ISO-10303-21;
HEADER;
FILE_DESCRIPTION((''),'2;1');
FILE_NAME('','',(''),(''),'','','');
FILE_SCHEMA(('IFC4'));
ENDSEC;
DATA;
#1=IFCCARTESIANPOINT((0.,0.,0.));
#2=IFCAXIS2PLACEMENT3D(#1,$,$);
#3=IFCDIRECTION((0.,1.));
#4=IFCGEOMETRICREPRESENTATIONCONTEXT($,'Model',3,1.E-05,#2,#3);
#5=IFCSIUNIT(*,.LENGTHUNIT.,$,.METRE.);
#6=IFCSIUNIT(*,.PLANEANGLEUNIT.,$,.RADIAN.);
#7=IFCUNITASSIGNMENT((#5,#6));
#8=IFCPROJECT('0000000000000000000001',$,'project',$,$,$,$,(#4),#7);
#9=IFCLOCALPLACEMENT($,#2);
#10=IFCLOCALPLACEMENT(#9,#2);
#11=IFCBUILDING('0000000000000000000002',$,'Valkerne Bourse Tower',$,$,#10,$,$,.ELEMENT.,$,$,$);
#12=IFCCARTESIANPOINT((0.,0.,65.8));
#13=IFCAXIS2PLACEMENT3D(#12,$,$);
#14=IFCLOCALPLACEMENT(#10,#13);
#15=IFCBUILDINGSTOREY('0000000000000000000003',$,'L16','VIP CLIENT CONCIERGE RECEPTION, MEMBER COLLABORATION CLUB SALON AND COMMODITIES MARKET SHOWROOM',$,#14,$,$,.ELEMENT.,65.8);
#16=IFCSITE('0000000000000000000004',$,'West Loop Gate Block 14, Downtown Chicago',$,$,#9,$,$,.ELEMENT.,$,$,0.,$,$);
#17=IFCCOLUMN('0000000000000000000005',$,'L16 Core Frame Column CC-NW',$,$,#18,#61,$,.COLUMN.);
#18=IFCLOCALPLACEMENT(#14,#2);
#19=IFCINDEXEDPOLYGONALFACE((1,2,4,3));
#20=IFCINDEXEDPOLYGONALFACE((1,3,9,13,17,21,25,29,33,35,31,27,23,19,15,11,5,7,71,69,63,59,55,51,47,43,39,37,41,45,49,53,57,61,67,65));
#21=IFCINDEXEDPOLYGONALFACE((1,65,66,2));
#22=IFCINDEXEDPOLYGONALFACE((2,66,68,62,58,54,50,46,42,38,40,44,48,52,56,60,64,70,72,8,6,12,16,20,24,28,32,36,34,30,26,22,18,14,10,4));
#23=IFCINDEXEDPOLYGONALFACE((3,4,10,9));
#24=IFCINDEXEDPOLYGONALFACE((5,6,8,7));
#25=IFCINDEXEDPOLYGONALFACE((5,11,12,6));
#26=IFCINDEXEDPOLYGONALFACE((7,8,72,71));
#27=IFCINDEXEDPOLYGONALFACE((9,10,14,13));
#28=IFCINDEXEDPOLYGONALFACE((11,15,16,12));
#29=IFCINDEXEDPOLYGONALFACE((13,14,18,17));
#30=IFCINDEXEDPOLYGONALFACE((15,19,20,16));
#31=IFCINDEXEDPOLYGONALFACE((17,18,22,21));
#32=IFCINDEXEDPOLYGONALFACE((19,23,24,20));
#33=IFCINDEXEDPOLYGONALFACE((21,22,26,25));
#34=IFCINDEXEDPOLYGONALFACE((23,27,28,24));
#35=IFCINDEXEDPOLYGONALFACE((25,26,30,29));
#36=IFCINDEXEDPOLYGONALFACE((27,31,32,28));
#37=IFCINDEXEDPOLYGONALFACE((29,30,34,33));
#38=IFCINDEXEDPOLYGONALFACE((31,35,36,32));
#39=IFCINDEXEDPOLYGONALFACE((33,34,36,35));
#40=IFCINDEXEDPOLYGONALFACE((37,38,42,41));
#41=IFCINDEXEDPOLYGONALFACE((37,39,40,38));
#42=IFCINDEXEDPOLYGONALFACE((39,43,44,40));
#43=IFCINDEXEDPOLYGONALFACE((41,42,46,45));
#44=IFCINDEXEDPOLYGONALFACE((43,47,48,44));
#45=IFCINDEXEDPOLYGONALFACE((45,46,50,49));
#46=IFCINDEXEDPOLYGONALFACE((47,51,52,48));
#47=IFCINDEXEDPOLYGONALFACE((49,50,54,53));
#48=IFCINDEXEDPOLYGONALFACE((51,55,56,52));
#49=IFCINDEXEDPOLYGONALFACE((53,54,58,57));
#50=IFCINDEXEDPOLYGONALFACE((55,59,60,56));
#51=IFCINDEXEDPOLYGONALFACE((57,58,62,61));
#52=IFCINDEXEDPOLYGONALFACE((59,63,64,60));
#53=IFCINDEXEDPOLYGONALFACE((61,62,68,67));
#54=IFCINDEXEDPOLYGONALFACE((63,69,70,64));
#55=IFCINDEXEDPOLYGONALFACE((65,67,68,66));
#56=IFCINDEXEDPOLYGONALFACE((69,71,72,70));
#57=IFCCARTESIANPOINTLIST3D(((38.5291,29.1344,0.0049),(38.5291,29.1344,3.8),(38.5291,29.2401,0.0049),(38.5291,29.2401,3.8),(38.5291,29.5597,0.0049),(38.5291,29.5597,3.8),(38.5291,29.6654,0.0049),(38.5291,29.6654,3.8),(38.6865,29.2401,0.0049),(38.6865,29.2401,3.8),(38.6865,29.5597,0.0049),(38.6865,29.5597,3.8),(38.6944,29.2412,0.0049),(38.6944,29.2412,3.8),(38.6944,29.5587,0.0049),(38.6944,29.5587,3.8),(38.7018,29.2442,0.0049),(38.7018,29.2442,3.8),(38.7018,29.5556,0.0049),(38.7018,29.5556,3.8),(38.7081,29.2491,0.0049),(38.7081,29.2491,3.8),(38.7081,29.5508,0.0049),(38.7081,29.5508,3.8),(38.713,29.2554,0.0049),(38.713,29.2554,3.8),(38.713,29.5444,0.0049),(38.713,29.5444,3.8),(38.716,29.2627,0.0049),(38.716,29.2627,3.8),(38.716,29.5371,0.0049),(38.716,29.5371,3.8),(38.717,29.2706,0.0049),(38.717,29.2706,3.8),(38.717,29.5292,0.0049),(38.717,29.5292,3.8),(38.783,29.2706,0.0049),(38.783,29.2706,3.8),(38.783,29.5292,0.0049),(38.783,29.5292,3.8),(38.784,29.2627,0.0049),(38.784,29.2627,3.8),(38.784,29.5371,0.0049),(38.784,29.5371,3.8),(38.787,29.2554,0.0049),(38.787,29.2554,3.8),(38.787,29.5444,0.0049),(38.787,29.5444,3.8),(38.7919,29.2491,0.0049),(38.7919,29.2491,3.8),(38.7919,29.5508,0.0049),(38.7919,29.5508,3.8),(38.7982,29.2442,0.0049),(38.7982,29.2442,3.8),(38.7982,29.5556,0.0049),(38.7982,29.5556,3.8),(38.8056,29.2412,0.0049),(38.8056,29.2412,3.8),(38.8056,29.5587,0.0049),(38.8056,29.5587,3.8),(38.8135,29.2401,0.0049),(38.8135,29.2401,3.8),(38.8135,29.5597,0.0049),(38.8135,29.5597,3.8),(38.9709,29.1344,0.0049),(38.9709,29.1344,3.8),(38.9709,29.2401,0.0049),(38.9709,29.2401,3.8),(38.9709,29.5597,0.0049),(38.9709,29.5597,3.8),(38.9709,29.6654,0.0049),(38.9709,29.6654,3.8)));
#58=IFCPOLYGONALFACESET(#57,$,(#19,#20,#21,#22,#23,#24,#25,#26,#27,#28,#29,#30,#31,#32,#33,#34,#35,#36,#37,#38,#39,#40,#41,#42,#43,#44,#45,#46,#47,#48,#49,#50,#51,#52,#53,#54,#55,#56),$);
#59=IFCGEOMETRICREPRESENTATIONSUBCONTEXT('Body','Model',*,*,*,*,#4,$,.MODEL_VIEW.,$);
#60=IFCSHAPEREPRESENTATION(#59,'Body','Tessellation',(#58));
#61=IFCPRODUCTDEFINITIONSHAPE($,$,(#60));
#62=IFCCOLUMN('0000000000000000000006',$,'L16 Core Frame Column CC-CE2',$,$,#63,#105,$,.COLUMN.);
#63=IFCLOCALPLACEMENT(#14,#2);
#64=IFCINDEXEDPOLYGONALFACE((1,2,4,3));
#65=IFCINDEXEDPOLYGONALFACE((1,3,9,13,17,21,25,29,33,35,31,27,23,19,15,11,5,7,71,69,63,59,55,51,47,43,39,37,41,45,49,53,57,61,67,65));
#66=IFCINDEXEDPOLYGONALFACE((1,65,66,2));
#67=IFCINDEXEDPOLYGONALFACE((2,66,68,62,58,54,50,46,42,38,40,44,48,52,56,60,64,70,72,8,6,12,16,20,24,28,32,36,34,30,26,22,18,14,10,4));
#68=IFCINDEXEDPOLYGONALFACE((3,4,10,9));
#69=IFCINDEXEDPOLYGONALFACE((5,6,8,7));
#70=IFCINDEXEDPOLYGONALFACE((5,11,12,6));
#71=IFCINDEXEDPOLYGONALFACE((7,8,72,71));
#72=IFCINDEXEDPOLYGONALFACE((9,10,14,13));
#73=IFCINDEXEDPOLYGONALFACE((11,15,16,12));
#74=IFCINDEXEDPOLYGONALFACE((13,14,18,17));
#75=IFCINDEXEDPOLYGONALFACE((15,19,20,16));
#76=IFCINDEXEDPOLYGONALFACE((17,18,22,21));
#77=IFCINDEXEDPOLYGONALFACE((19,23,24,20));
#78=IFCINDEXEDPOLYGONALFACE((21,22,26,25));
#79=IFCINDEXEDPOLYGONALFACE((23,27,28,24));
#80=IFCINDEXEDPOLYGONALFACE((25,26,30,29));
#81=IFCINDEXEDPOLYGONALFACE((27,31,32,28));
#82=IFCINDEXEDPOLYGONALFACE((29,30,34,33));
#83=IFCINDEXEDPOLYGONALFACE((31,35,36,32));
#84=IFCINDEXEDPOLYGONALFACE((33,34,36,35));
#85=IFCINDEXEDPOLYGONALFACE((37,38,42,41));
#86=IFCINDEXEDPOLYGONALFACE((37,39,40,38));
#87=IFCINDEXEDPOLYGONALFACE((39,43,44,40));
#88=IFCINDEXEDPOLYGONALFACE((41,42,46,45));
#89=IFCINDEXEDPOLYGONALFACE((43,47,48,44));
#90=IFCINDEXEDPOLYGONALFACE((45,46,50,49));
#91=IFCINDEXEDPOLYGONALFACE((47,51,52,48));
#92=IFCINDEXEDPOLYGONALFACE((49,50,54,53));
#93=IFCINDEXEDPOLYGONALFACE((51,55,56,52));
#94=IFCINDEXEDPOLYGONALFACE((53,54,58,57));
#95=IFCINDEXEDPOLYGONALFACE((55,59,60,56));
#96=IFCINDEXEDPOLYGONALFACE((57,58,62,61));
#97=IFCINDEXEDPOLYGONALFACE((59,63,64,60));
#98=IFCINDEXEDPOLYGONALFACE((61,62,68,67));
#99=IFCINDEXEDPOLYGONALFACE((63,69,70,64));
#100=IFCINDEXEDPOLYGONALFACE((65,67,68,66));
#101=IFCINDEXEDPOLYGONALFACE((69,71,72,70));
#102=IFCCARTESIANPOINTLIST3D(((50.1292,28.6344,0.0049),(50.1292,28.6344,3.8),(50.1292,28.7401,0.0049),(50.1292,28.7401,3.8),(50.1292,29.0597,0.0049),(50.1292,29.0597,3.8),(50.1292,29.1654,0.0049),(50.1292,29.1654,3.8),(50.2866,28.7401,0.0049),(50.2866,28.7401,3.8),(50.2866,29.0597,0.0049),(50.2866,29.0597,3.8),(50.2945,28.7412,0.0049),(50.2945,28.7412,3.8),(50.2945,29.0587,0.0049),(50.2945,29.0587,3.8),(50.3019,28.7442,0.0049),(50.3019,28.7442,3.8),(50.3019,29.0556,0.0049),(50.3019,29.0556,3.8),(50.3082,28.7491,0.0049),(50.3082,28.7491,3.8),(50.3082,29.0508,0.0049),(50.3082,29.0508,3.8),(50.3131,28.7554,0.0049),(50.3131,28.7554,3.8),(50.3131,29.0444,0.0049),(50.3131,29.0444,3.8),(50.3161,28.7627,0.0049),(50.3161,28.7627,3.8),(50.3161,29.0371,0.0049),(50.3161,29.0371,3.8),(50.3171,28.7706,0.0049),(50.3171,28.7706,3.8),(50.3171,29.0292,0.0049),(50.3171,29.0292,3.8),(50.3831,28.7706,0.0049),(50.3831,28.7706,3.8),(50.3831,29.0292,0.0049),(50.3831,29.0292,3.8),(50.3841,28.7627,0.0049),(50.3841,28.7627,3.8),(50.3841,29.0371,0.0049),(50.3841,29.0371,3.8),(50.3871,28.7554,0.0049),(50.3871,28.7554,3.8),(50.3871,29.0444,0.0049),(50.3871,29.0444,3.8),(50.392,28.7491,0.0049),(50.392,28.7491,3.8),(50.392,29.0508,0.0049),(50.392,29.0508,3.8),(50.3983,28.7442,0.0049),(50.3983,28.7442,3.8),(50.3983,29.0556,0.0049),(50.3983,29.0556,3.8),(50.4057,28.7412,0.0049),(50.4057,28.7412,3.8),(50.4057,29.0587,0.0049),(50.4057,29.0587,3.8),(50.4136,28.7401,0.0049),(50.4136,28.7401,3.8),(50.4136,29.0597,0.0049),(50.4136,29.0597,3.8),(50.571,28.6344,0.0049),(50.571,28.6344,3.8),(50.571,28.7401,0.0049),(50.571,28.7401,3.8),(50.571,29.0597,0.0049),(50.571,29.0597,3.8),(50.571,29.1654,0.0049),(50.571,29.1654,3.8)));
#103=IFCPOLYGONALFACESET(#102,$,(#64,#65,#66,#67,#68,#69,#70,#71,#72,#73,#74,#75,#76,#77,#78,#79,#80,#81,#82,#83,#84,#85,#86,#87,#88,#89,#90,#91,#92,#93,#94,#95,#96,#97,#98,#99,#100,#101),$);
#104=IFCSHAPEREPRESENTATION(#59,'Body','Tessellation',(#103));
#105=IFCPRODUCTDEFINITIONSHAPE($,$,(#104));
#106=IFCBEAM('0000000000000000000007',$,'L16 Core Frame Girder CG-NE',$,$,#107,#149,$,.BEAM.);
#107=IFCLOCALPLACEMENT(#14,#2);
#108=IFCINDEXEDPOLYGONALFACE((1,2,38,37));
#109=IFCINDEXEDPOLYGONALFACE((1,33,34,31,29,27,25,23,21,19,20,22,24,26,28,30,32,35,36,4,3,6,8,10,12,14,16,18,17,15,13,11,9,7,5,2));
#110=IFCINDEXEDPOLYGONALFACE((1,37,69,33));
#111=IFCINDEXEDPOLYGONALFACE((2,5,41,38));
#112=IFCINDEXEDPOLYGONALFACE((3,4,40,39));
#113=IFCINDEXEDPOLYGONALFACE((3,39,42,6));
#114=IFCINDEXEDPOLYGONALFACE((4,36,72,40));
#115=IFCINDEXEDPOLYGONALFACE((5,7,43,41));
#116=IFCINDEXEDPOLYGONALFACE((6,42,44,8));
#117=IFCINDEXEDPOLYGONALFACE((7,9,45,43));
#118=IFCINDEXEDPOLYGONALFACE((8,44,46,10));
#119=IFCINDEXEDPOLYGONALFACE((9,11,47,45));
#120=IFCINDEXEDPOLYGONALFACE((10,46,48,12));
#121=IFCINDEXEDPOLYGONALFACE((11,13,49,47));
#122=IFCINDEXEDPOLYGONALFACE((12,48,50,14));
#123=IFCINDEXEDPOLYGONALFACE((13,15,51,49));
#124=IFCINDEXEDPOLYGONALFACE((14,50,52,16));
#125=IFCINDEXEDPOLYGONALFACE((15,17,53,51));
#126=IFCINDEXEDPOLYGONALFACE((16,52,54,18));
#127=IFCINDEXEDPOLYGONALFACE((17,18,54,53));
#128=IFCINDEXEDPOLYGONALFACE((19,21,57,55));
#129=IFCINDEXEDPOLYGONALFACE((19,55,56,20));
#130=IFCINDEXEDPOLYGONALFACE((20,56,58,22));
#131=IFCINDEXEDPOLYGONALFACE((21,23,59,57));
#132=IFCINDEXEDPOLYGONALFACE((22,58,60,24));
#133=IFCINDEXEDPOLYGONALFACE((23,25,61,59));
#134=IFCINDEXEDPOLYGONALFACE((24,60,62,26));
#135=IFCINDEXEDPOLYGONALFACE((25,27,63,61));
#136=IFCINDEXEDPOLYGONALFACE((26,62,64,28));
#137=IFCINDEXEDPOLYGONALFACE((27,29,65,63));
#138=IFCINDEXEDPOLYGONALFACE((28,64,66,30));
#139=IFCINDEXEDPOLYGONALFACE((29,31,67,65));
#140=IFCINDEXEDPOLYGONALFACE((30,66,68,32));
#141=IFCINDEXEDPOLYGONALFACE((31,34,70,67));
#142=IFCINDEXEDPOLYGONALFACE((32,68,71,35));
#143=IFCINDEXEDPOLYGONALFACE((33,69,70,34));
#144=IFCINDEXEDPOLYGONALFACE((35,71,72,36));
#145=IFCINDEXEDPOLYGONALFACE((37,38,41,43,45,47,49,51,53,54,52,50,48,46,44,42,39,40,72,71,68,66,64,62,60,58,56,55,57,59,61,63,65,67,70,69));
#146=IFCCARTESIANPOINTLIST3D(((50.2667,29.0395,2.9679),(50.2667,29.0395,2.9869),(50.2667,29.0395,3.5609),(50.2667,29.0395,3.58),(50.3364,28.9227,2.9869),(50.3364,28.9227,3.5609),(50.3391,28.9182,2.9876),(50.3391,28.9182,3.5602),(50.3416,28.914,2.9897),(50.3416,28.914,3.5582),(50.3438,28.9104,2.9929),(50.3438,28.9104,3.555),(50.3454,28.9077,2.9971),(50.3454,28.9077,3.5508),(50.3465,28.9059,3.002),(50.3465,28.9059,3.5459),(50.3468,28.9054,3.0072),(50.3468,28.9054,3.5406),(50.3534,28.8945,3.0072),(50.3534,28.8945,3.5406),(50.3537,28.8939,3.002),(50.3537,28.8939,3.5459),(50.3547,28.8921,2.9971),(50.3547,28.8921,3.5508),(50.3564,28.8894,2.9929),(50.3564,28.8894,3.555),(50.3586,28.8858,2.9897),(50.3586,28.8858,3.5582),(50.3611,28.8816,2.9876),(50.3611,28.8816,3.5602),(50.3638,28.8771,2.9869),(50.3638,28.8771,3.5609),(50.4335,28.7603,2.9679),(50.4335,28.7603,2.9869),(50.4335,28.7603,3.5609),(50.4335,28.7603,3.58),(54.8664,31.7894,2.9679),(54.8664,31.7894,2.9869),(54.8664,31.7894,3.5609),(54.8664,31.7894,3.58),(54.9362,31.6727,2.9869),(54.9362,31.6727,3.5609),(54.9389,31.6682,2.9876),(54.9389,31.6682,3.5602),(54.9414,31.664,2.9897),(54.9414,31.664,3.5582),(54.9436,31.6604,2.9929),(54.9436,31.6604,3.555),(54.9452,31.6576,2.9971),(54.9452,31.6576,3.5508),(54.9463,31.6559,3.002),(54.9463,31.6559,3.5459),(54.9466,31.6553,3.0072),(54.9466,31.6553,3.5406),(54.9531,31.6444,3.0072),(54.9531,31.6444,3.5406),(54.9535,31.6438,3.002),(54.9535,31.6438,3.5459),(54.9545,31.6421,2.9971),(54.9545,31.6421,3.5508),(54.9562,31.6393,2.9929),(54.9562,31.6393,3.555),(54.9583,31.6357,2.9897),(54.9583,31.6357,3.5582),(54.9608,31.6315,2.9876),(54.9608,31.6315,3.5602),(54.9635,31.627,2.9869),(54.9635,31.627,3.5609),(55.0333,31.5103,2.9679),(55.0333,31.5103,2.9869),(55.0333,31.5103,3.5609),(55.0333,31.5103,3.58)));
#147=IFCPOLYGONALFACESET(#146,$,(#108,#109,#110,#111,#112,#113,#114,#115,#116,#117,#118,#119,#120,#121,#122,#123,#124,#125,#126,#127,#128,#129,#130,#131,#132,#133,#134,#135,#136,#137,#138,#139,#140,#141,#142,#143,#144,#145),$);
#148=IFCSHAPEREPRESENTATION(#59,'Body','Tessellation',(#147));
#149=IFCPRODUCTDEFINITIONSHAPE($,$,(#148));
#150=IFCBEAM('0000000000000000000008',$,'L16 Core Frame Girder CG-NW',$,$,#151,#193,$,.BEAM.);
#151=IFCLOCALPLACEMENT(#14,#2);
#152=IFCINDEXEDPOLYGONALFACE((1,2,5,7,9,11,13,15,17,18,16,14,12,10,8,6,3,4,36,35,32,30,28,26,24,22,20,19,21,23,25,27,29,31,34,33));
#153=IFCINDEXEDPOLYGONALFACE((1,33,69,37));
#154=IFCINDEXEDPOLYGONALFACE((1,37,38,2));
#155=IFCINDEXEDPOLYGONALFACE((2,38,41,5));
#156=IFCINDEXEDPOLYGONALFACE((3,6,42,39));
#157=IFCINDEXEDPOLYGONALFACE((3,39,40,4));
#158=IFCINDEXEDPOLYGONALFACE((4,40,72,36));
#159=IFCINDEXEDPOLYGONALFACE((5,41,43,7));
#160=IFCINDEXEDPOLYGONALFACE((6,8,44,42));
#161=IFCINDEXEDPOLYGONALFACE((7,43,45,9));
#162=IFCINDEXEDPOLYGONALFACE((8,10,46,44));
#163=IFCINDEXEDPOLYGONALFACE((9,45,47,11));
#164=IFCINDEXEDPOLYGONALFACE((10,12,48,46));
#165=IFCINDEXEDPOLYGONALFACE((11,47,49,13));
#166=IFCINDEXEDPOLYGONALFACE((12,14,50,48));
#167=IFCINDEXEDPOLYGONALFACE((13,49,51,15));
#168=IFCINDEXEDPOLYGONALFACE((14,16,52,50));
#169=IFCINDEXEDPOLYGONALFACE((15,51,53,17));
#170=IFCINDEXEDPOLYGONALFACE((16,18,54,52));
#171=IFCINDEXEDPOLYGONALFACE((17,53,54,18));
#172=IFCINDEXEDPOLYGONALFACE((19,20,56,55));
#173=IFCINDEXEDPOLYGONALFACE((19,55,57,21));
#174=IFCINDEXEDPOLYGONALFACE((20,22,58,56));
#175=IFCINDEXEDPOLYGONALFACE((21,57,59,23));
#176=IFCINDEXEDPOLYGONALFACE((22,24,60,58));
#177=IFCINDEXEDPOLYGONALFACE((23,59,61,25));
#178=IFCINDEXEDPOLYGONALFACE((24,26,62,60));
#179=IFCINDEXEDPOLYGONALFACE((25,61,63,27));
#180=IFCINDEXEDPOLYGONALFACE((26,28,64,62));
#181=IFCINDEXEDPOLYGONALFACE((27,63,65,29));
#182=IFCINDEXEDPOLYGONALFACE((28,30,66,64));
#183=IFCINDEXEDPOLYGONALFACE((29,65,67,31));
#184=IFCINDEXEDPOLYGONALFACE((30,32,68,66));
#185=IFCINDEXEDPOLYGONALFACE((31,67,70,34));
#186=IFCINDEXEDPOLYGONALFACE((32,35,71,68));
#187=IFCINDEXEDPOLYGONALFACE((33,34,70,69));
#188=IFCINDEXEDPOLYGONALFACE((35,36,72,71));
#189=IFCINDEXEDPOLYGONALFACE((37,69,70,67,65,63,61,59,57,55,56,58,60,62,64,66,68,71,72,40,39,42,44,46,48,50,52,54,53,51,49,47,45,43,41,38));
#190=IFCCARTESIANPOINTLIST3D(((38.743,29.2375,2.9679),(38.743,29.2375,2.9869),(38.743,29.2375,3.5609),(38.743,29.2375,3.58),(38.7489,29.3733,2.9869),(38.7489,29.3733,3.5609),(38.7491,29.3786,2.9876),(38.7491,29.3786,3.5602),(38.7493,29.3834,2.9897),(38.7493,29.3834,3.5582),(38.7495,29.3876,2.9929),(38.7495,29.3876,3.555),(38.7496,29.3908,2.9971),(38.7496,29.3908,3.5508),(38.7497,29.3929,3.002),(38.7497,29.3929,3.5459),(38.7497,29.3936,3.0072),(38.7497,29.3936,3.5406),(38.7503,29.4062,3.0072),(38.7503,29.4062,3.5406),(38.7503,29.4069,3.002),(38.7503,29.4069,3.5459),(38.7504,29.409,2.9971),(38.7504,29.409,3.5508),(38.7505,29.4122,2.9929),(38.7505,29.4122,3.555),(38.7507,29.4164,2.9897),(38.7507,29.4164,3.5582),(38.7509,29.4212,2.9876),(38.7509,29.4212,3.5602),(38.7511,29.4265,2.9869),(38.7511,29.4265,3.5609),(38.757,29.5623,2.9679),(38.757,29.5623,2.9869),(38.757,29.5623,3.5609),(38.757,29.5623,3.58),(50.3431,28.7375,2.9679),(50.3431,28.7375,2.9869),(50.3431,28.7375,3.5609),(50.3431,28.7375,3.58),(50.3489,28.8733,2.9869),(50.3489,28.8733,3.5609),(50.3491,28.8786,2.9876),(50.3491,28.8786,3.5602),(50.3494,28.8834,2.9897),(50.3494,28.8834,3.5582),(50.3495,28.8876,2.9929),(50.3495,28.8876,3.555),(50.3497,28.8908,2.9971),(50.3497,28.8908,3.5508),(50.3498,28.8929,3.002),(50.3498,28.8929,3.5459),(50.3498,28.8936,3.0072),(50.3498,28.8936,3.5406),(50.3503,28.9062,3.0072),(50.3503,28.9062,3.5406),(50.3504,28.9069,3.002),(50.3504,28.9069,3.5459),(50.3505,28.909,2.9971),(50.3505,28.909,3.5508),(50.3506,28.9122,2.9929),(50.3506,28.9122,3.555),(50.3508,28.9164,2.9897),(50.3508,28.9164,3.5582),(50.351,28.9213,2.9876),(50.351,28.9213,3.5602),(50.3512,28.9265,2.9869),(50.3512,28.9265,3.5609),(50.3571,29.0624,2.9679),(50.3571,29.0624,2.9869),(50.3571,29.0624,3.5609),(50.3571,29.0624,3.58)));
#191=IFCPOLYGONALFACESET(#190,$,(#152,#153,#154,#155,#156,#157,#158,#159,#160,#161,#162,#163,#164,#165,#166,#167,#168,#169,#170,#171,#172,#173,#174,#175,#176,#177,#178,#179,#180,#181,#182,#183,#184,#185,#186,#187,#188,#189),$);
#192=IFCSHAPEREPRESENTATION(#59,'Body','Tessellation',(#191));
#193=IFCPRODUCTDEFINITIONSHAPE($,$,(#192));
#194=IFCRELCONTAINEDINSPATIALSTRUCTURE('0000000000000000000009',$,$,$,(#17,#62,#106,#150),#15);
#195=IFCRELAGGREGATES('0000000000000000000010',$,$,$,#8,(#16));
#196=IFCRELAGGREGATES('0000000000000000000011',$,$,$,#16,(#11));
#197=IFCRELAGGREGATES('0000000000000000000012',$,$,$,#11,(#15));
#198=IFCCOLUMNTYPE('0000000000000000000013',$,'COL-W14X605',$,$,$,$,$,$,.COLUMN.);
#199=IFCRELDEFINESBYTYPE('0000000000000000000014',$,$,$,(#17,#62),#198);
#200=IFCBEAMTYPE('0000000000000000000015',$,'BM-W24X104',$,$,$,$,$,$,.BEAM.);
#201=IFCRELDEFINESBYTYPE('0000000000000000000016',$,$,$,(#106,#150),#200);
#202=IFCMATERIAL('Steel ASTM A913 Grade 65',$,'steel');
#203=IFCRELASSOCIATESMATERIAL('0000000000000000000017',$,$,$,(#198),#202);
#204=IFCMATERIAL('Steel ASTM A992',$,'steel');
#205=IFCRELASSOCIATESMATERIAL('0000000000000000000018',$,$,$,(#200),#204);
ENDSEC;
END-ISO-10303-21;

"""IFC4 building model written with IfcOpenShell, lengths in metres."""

from ifc_helpers import new_model, si_unit, direction, frame, origin, origin_2d, place, context, subcontext, project, spatial, i_section, extrude, material, material_profile, profile_set, type_object, element, save


model = new_model("IFC4")

# Units and contexts
model_context = context("Model", 3, precision=1e-05, world=origin(), true_north=direction((0.0, 1.0)))
body_context = subcontext(model_context, "Body", "Model", "MODEL_VIEW")
ifc_project = project(units=[si_unit("LENGTHUNIT", "METRE"), si_unit("PLANEANGLEUNIT", "RADIAN")], contexts=[model_context])

# Site, building, storey
site_placement = place(None, origin())
site = spatial("IfcSite", under=ifc_project, at=site_placement, Name="West Loop Gate Block 14, Downtown Chicago", CompositionType="ELEMENT", RefElevation=0.0)
building_placement = place(site_placement, origin())
building = spatial("IfcBuilding", under=site, at=building_placement, Name="Valkerne Bourse Tower", CompositionType="ELEMENT")
storey_placement = place(building_placement, frame((0.0, 0.0, 65.8)))
storey = spatial("IfcBuildingStorey", under=building, at=storey_placement, Name="L16", Description="VIP CLIENT CONCIERGE RECEPTION, MEMBER COLLABORATION CLUB SALON AND COMMODITIES MARKET SHOWROOM", CompositionType="ELEMENT", Elevation=65.8)

# Columns
ifc_material_1 = material(Name="Steel ASTM A913 Grade 65", Category="steel")
ifc_material_profile_1 = material_profile(ifc_material_1, i_section(OverallWidth=0.4419, OverallDepth=0.531, WebThickness=0.0659, FlangeThickness=0.1057, FilletRadius=0.0305, at=origin_2d()), Name="W14X605")
ifc_profile_set_1 = profile_set([ifc_material_profile_1], Name="Steel ASTM A913 Grade 65")
column_type = type_object("IfcColumnType", Name="COL-W14X605", PredefinedType="COLUMN", material=ifc_profile_set_1)
for number, where, z_axis, x_axis, name in (
    (1, (38.75, 29.3999, 0.0049), (0.0, 0.0, 1.0), (1.0, 0.0, 0.0), "L16 Core Frame Column CC-NW"),
    (2, (50.3501, 28.8999, 0.0049), (0.0, 0.0, 1.0), (1.0, 0.0, 0.0), "L16 Core Frame Column CC-CE2"),
):
    element("IfcColumn", number, at=place(storey_placement, frame(where, z_axis=z_axis, x_axis=x_axis)), inside=storey, type_object=column_type, Name=name, PredefinedType="COLUMN", context=body_context, shape_type="SweptSolid", body=[
        extrude(i_section(OverallWidth=0.4419, OverallDepth=0.531, WebThickness=0.0659, FlangeThickness=0.1057, FilletRadius=0.0305, at=origin_2d()), origin(), (0.0, 0.0, 1.0), 3.7952),
    ])

# Beams
ifc_material_2 = material(Name="Steel ASTM A992", Category="steel")
ifc_material_profile_2 = material_profile(ifc_material_2, i_section(OverallWidth=0.3252, OverallDepth=0.6121, WebThickness=0.0127, FlangeThickness=0.019, FilletRadius=0.0203, at=origin_2d()), Name="W24X104")
ifc_profile_set_2 = profile_set([ifc_material_profile_2], Name="Steel ASTM A992")
beam_type = type_object("IfcBeamType", Name="BM-W24X104", PredefinedType="BEAM", material=ifc_profile_set_2)
beam_1_placement = place(storey_placement, frame((50.3501, 28.8999, 3.2739), z_axis=(0.858308, 0.513135, 0.0), x_axis=(-0.513135, 0.858308, 0.0)))
element("IfcBeam", 3, at=beam_1_placement, inside=storey, type_object=beam_type, Name="L16 Core Frame Girder CG-NE", PredefinedType="BEAM", context=body_context, shape_type="SweptSolid", body=[
    extrude(i_section(OverallWidth=0.3252, OverallDepth=0.6121, WebThickness=0.0127, FlangeThickness=0.019, FilletRadius=0.0203, at=origin_2d()), origin(), (0.0, 0.0, 1.0), 5.3591),
])
beam_2_placement = place(storey_placement, frame((38.75, 29.3999, 3.2739), z_axis=(0.999072, -0.043063, 0.0), x_axis=(0.043063, 0.999072, 0.0)))
element("IfcBeam", 4, at=beam_2_placement, inside=storey, type_object=beam_type, Name="L16 Core Frame Girder CG-NW", PredefinedType="BEAM", context=body_context, shape_type="SweptSolid", body=[
    extrude(i_section(OverallWidth=0.3252, OverallDepth=0.6121, WebThickness=0.0127, FlangeThickness=0.019, FilletRadius=0.0203, at=origin_2d()), origin(), (0.0, 0.0, 1.0), 11.6108),
])

save(model, "model.ifc")
